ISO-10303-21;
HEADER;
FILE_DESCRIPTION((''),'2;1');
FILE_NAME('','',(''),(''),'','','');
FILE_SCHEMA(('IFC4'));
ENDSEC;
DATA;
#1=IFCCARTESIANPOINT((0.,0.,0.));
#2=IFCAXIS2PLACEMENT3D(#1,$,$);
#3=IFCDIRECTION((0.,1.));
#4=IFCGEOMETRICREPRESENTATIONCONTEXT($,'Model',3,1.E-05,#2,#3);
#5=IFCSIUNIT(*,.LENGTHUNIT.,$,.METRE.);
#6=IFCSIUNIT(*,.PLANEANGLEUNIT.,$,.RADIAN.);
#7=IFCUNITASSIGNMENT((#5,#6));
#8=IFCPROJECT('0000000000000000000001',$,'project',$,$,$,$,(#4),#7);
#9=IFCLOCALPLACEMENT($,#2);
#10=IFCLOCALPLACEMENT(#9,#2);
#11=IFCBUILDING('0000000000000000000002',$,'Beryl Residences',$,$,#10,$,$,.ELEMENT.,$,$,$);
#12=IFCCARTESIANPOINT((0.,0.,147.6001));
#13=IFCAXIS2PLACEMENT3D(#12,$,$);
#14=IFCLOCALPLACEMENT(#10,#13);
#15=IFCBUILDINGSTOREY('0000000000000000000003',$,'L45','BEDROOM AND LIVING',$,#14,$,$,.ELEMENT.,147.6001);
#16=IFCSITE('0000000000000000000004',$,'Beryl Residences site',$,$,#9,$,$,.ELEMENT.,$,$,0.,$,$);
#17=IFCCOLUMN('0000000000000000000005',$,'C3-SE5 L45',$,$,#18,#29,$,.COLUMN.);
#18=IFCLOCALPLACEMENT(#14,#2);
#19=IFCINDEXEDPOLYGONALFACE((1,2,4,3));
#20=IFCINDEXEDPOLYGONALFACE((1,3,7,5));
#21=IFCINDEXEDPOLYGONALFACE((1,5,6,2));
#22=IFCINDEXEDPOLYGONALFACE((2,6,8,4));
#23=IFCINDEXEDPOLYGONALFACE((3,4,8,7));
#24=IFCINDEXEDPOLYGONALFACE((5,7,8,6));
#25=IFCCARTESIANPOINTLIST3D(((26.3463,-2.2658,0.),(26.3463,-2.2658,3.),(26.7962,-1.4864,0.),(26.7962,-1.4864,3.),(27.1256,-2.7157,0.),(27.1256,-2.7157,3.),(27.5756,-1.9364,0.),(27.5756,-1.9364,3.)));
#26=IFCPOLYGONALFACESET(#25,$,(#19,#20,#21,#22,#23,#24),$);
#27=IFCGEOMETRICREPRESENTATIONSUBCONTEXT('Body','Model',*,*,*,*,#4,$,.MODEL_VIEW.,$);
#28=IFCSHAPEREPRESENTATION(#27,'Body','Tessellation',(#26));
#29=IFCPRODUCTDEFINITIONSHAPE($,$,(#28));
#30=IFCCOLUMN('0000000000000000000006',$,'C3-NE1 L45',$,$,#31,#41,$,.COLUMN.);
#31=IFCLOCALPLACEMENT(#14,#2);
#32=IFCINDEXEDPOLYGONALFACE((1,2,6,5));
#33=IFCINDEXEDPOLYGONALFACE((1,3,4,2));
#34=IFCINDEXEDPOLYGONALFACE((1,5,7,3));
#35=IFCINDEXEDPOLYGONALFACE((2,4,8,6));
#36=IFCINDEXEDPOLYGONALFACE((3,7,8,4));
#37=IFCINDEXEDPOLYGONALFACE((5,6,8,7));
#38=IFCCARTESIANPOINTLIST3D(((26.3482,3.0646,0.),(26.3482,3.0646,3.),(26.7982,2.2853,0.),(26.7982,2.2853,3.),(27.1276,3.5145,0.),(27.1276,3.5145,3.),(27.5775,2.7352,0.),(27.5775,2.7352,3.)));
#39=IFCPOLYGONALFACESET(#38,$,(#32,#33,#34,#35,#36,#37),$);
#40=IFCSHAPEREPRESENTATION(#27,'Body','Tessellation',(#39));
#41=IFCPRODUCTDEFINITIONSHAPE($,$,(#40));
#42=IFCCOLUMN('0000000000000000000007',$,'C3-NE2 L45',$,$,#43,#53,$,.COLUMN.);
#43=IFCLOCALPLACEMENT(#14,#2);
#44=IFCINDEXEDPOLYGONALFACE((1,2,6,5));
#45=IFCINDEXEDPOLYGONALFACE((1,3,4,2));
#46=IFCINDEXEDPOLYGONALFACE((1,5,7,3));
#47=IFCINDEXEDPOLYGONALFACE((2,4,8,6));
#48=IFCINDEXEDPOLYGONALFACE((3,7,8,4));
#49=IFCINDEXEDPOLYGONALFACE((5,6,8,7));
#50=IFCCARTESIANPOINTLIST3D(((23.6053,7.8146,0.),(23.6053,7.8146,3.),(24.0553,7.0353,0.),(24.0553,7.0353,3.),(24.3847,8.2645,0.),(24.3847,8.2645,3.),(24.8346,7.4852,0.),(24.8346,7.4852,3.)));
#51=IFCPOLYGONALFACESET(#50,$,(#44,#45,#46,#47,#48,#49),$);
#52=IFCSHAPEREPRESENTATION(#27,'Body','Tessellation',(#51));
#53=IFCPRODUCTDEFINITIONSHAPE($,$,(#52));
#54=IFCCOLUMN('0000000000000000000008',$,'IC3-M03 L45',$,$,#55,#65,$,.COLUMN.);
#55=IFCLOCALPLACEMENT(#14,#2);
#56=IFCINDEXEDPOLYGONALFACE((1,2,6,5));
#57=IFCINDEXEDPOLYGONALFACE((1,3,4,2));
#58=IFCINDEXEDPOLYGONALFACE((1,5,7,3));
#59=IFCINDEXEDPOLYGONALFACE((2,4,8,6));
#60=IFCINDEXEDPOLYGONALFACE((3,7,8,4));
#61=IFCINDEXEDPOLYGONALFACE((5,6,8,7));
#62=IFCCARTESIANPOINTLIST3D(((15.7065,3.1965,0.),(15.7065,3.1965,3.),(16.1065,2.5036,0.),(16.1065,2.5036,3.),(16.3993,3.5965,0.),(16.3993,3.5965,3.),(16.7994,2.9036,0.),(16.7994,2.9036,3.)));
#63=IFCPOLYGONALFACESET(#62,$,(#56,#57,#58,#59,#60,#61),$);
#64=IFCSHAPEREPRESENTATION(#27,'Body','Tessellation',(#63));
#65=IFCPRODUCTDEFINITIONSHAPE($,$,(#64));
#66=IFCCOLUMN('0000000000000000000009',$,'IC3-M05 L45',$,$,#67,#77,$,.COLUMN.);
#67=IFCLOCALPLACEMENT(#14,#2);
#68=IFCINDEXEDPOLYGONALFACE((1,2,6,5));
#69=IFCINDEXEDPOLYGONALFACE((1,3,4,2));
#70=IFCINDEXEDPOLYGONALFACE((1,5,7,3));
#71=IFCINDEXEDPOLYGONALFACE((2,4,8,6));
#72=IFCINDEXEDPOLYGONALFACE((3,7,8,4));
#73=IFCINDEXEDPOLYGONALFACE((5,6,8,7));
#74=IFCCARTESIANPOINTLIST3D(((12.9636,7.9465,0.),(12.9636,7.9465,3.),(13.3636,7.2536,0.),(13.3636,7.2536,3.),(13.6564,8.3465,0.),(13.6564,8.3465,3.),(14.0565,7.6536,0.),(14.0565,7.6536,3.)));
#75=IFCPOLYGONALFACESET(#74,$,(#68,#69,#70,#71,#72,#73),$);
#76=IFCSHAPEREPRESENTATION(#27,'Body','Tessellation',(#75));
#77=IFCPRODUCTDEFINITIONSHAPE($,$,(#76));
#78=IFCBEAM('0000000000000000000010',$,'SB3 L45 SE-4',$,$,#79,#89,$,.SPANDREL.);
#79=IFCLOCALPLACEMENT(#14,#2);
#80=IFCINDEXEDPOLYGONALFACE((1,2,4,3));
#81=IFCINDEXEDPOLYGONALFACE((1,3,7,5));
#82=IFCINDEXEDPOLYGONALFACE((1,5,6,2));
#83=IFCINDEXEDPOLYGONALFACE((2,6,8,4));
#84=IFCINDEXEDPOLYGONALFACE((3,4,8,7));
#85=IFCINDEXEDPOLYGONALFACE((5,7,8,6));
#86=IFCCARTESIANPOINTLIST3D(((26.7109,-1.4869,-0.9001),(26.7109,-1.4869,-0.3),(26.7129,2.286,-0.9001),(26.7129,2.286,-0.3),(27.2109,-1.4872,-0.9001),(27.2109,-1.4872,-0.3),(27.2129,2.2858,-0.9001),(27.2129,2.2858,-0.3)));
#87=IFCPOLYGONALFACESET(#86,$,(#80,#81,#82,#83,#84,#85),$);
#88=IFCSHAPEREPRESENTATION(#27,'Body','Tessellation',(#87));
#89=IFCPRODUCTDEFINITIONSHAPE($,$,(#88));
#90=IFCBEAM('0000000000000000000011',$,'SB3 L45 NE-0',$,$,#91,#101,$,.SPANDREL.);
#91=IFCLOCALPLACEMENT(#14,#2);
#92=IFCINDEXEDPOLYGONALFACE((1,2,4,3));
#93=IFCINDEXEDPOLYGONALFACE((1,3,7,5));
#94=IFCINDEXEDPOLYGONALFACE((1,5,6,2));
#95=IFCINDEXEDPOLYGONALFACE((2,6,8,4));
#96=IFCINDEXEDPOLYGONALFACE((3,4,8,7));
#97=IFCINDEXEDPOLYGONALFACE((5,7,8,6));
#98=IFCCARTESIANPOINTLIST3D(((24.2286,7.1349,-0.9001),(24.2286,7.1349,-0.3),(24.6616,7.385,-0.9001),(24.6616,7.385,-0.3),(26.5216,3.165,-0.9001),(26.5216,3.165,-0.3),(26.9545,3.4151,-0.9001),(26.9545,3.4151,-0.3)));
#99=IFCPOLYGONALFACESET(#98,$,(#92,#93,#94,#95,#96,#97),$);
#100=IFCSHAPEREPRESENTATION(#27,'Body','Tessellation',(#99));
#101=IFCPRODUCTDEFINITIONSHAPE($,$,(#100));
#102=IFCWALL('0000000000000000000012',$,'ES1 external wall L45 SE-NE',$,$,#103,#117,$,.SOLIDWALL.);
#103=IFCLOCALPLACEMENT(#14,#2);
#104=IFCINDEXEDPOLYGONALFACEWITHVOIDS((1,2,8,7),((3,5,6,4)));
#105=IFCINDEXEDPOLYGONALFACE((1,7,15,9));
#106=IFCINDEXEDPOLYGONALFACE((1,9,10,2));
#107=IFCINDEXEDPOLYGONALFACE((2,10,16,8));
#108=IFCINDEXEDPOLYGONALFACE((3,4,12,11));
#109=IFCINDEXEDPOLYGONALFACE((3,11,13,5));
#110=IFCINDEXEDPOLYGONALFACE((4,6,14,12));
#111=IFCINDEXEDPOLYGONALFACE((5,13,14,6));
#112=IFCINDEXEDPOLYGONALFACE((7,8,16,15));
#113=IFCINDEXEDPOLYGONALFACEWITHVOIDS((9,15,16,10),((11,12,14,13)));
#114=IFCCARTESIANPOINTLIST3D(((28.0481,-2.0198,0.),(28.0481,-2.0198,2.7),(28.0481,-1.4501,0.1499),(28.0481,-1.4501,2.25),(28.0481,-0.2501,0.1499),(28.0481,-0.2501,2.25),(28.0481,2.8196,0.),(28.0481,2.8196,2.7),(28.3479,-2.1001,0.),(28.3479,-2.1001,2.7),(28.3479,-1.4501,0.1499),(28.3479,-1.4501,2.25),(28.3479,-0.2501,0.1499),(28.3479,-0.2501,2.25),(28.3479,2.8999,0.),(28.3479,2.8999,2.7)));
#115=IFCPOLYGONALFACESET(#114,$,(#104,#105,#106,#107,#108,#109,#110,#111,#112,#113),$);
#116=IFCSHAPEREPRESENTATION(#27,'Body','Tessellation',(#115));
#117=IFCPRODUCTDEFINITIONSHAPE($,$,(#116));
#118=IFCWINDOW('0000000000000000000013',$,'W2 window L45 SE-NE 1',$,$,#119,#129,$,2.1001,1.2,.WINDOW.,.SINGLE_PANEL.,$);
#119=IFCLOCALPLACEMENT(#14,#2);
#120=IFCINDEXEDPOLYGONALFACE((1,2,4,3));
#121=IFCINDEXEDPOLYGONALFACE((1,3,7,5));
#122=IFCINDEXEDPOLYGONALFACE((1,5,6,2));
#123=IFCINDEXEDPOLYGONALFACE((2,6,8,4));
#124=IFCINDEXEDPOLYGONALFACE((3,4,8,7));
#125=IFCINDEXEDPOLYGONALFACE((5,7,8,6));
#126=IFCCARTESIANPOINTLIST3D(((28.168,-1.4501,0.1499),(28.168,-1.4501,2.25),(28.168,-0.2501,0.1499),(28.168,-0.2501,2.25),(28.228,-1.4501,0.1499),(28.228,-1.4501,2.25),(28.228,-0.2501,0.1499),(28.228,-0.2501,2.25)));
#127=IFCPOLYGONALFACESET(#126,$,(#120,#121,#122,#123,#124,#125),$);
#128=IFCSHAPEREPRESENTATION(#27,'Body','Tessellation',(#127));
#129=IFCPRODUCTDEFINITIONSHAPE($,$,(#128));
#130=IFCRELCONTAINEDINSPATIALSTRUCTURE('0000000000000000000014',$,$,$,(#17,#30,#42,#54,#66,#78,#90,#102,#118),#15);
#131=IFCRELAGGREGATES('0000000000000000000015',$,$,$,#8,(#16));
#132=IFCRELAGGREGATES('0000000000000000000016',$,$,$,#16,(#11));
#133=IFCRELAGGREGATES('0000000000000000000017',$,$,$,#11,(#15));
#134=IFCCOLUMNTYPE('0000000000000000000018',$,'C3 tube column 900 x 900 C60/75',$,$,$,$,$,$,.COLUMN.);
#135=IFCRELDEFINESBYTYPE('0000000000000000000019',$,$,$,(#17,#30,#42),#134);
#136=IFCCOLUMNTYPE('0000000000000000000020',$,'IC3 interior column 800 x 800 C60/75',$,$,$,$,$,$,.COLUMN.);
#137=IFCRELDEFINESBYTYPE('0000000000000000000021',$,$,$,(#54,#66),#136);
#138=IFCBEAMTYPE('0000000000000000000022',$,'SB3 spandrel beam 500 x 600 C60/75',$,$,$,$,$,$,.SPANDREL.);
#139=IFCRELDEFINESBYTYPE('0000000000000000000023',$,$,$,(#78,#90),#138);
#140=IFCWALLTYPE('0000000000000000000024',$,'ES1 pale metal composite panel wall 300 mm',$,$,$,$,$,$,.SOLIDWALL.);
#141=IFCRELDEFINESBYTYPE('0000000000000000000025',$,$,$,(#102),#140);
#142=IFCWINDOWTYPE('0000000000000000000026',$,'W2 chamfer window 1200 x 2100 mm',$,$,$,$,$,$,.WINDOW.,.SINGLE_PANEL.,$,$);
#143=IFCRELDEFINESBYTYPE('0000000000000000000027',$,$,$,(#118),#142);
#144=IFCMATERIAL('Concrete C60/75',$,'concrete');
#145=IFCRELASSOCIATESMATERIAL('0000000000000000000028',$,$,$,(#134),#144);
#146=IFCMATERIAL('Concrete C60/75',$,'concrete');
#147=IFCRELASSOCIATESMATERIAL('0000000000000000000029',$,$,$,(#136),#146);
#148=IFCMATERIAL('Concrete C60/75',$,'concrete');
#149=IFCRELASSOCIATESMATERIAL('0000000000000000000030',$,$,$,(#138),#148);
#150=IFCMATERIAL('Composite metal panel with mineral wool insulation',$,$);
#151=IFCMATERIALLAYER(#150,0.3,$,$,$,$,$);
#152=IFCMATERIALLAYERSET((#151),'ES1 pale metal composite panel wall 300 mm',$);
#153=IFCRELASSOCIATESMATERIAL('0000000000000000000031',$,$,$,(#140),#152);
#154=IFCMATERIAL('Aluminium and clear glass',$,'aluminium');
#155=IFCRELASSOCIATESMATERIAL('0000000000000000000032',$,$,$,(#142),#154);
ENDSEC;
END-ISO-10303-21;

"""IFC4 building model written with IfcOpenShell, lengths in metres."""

from ifc_helpers import new_model, si_unit, direction, frame, frame_2d, origin, origin_2d, place, context, subcontext, project, spatial, polyline, rectangle, outline, extrude, material, layer, layer_set, material_profile, profile_set, type_object, element, fill, save


model = new_model("IFC4")

# Units and contexts
model_context = context("Model", 3, precision=1e-05, world=origin(), true_north=direction((0.0, 1.0)))
body_context = subcontext(model_context, "Body", "Model", "MODEL_VIEW")
ifc_project = project(units=[si_unit("LENGTHUNIT", "METRE"), si_unit("PLANEANGLEUNIT", "RADIAN")], contexts=[model_context])

# Site, building, storey
site_placement = place(None, origin())
site = spatial("IfcSite", under=ifc_project, at=site_placement, Name="Beryl Residences site", CompositionType="ELEMENT", RefElevation=0.0)
building_placement = place(site_placement, origin())
building = spatial("IfcBuilding", under=site, at=building_placement, Name="Beryl Residences", CompositionType="ELEMENT")
storey_placement = place(building_placement, frame((0.0, 0.0, 147.6001)))
storey = spatial("IfcBuildingStorey", under=building, at=storey_placement, Name="L45", Description="BEDROOM AND LIVING", CompositionType="ELEMENT", Elevation=147.6001)

# Columns
ifc_material_1 = material(Name="Concrete C60/75", Category="concrete")
ifc_material_profile_1 = material_profile(ifc_material_1, rectangle(XDim=0.8999, YDim=0.8999, at=origin_2d()))
ifc_profile_set_1 = profile_set([ifc_material_profile_1], Name="Concrete C60/75")
column_type_1 = type_object("IfcColumnType", Name="C3 tube column 900 x 900 C60/75", PredefinedType="COLUMN", material=ifc_profile_set_1)
for number, where, z_axis, x_axis, name in (
    (1, (26.9609, -2.1011, 0.0), (0.0, 0.0, 1.0), (0.5, 0.866025, 0.0), "C3-SE5 L45"),
    (2, (26.9629, 2.8999, 0.0), (0.0, 0.0, 1.0), (-0.5, 0.866025, 0.0), "C3-NE1 L45"),
    (3, (24.22, 7.6499, 0.0), (0.0, 0.0, 1.0), (-0.5, 0.866025, 0.0), "C3-NE2 L45"),
):
    element("IfcColumn", number, at=place(storey_placement, frame(where, z_axis=z_axis, x_axis=x_axis)), inside=storey, type_object=column_type_1, Name=name, PredefinedType="COLUMN", context=body_context, shape_type="SweptSolid", body=[
        extrude(rectangle(XDim=0.8999, YDim=0.8999, at=origin_2d()), origin(), (0.0, 0.0, 1.0), 3.0),
    ])
ifc_material_2 = material(Name="Concrete C60/75", Category="concrete")
ifc_material_profile_2 = material_profile(ifc_material_2, rectangle(XDim=0.8, YDim=0.8, at=origin_2d()))
ifc_profile_set_2 = profile_set([ifc_material_profile_2], Name="Concrete C60/75")
column_type_2 = type_object("IfcColumnType", Name="IC3 interior column 800 x 800 C60/75", PredefinedType="COLUMN", material=ifc_profile_set_2)
for number, where, z_axis, x_axis, name in (
    (4, (16.2529, 3.05, 0.0), (0.0, 0.0, 1.0), (-0.5, 0.866025, 0.0), "IC3-M03 L45"),
    (5, (13.51, 7.8, 0.0), (0.0, 0.0, 1.0), (-0.5, 0.866025, 0.0), "IC3-M05 L45"),
):
    element("IfcColumn", number, at=place(storey_placement, frame(where, z_axis=z_axis, x_axis=x_axis)), inside=storey, type_object=column_type_2, Name=name, PredefinedType="COLUMN", context=body_context, shape_type="SweptSolid", body=[
        extrude(rectangle(XDim=0.8, YDim=0.8, at=origin_2d()), origin(), (0.0, 0.0, 1.0), 3.0),
    ])

# Beams
ifc_material_3 = material(Name="Concrete C60/75", Category="concrete")
ifc_material_profile_3 = material_profile(ifc_material_3, rectangle(XDim=0.5, YDim=0.6001, at=origin_2d()))
ifc_profile_set_3 = profile_set([ifc_material_profile_3], Name="Concrete C60/75")
beam_type = type_object("IfcBeamType", Name="SB3 spandrel beam 500 x 600 C60/75", PredefinedType="SPANDREL", material=ifc_profile_set_3)
beam_1_placement = place(storey_placement, frame((26.9609, -1.4871, -0.6001), z_axis=(0.000518, 1.0, 0.0), x_axis=(-1.0, 0.000518, 0.0)))
element("IfcBeam", 6, at=beam_1_placement, inside=storey, type_object=beam_type, Name="SB3 L45 SE-4", PredefinedType="SPANDREL", context=body_context, shape_type="SweptSolid", body=[
    extrude(rectangle(XDim=0.5, YDim=0.6001, at=origin_2d()), origin(), (0.0, 0.0, 1.0), 3.7729),
])
beam_2_placement = place(storey_placement, frame((26.738, 3.29, -0.6001), z_axis=(-0.500148, 0.86594, 0.0), x_axis=(-0.86594, -0.500148, 0.0)))
element("IfcBeam", 7, at=beam_2_placement, inside=storey, type_object=beam_type, Name="SB3 L45 NE-0", PredefinedType="SPANDREL", context=body_context, shape_type="SweptSolid", body=[
    extrude(rectangle(XDim=0.5, YDim=0.6001, at=origin_2d()), origin(), (0.0, 0.0, 1.0), 4.5845),
])

# Wall, opening, window
ifc_material_4 = material(Name="Composite metal panel with mineral wool insulation")
ifc_layer_1 = layer(ifc_material_4, 0.3)
ifc_layer_set_1 = layer_set([ifc_layer_1], Name="ES1 pale metal composite panel wall 300 mm")
wall_type_1 = type_object("IfcWallType", Name="ES1 pale metal composite panel wall 300 mm", PredefinedType="SOLIDWALL", material=ifc_layer_set_1)
wall_1_placement = place(storey_placement, frame((28.198, -2.1001, 0.0), z_axis=(0.0, 0.0, 1.0), x_axis=(0.0, 1.0, 0.0)))
wall_1 = element("IfcWall", 8, at=wall_1_placement, inside=storey, type_object=wall_type_1, Name="ES1 external wall L45 SE-NE", PredefinedType="SOLIDWALL", context=body_context, shape_type="SweptSolid", body=[
    extrude(outline(polyline([(0.0, -0.1499), (5.0, -0.1499), (4.9197, 0.1499), (0.0803, 0.1499), (0.0, -0.1499)])), origin(), (0.0, 0.0, 1.0), 2.7),
])
opening_1_placement = place(wall_1_placement, frame((0.6499, 0.0, 0.1499)))
opening_1 = element("IfcOpeningElement", 9, at=opening_1_placement, cuts=wall_1, PredefinedType="OPENING", context=body_context, shape_type="SweptSolid", body=[
    extrude(rectangle(XDim=1.2, YDim=2.1001, at=frame_2d((0.6001, 1.05))), frame((0.0, 0.1599, 0.0), z_axis=(0.0, -1.0, 0.0), x_axis=(1.0, 0.0, 0.0)), (0.0, 0.0, 1.0), 0.3201),
])
ifc_material_5 = material(Name="Aluminium and clear glass", Category="aluminium")
window_type_1 = type_object("IfcWindowType", Name="W2 chamfer window 1200 x 2100 mm", PartitioningType="SINGLE_PANEL", PredefinedType="WINDOW", material=ifc_material_5)
window_1_placement = place(opening_1_placement, origin())
window_1 = element("IfcWindow", 10, at=window_1_placement, inside=storey, type_object=window_type_1, Name="W2 window L45 SE-NE 1", OverallHeight=2.1001, OverallWidth=1.2, PartitioningType="SINGLE_PANEL", PredefinedType="WINDOW", context=body_context, shape_type="SweptSolid", body=[
    extrude(rectangle(XDim=1.2, YDim=2.1001, at=frame_2d((0.6001, 1.05))), frame((0.0, 0.03, 0.0), z_axis=(0.0, -1.0, 0.0), x_axis=(1.0, 0.0, 0.0)), (0.0, 0.0, 1.0), 0.0601),
])
fill(opening_1, window_1)

save(model, "model.ifc")
